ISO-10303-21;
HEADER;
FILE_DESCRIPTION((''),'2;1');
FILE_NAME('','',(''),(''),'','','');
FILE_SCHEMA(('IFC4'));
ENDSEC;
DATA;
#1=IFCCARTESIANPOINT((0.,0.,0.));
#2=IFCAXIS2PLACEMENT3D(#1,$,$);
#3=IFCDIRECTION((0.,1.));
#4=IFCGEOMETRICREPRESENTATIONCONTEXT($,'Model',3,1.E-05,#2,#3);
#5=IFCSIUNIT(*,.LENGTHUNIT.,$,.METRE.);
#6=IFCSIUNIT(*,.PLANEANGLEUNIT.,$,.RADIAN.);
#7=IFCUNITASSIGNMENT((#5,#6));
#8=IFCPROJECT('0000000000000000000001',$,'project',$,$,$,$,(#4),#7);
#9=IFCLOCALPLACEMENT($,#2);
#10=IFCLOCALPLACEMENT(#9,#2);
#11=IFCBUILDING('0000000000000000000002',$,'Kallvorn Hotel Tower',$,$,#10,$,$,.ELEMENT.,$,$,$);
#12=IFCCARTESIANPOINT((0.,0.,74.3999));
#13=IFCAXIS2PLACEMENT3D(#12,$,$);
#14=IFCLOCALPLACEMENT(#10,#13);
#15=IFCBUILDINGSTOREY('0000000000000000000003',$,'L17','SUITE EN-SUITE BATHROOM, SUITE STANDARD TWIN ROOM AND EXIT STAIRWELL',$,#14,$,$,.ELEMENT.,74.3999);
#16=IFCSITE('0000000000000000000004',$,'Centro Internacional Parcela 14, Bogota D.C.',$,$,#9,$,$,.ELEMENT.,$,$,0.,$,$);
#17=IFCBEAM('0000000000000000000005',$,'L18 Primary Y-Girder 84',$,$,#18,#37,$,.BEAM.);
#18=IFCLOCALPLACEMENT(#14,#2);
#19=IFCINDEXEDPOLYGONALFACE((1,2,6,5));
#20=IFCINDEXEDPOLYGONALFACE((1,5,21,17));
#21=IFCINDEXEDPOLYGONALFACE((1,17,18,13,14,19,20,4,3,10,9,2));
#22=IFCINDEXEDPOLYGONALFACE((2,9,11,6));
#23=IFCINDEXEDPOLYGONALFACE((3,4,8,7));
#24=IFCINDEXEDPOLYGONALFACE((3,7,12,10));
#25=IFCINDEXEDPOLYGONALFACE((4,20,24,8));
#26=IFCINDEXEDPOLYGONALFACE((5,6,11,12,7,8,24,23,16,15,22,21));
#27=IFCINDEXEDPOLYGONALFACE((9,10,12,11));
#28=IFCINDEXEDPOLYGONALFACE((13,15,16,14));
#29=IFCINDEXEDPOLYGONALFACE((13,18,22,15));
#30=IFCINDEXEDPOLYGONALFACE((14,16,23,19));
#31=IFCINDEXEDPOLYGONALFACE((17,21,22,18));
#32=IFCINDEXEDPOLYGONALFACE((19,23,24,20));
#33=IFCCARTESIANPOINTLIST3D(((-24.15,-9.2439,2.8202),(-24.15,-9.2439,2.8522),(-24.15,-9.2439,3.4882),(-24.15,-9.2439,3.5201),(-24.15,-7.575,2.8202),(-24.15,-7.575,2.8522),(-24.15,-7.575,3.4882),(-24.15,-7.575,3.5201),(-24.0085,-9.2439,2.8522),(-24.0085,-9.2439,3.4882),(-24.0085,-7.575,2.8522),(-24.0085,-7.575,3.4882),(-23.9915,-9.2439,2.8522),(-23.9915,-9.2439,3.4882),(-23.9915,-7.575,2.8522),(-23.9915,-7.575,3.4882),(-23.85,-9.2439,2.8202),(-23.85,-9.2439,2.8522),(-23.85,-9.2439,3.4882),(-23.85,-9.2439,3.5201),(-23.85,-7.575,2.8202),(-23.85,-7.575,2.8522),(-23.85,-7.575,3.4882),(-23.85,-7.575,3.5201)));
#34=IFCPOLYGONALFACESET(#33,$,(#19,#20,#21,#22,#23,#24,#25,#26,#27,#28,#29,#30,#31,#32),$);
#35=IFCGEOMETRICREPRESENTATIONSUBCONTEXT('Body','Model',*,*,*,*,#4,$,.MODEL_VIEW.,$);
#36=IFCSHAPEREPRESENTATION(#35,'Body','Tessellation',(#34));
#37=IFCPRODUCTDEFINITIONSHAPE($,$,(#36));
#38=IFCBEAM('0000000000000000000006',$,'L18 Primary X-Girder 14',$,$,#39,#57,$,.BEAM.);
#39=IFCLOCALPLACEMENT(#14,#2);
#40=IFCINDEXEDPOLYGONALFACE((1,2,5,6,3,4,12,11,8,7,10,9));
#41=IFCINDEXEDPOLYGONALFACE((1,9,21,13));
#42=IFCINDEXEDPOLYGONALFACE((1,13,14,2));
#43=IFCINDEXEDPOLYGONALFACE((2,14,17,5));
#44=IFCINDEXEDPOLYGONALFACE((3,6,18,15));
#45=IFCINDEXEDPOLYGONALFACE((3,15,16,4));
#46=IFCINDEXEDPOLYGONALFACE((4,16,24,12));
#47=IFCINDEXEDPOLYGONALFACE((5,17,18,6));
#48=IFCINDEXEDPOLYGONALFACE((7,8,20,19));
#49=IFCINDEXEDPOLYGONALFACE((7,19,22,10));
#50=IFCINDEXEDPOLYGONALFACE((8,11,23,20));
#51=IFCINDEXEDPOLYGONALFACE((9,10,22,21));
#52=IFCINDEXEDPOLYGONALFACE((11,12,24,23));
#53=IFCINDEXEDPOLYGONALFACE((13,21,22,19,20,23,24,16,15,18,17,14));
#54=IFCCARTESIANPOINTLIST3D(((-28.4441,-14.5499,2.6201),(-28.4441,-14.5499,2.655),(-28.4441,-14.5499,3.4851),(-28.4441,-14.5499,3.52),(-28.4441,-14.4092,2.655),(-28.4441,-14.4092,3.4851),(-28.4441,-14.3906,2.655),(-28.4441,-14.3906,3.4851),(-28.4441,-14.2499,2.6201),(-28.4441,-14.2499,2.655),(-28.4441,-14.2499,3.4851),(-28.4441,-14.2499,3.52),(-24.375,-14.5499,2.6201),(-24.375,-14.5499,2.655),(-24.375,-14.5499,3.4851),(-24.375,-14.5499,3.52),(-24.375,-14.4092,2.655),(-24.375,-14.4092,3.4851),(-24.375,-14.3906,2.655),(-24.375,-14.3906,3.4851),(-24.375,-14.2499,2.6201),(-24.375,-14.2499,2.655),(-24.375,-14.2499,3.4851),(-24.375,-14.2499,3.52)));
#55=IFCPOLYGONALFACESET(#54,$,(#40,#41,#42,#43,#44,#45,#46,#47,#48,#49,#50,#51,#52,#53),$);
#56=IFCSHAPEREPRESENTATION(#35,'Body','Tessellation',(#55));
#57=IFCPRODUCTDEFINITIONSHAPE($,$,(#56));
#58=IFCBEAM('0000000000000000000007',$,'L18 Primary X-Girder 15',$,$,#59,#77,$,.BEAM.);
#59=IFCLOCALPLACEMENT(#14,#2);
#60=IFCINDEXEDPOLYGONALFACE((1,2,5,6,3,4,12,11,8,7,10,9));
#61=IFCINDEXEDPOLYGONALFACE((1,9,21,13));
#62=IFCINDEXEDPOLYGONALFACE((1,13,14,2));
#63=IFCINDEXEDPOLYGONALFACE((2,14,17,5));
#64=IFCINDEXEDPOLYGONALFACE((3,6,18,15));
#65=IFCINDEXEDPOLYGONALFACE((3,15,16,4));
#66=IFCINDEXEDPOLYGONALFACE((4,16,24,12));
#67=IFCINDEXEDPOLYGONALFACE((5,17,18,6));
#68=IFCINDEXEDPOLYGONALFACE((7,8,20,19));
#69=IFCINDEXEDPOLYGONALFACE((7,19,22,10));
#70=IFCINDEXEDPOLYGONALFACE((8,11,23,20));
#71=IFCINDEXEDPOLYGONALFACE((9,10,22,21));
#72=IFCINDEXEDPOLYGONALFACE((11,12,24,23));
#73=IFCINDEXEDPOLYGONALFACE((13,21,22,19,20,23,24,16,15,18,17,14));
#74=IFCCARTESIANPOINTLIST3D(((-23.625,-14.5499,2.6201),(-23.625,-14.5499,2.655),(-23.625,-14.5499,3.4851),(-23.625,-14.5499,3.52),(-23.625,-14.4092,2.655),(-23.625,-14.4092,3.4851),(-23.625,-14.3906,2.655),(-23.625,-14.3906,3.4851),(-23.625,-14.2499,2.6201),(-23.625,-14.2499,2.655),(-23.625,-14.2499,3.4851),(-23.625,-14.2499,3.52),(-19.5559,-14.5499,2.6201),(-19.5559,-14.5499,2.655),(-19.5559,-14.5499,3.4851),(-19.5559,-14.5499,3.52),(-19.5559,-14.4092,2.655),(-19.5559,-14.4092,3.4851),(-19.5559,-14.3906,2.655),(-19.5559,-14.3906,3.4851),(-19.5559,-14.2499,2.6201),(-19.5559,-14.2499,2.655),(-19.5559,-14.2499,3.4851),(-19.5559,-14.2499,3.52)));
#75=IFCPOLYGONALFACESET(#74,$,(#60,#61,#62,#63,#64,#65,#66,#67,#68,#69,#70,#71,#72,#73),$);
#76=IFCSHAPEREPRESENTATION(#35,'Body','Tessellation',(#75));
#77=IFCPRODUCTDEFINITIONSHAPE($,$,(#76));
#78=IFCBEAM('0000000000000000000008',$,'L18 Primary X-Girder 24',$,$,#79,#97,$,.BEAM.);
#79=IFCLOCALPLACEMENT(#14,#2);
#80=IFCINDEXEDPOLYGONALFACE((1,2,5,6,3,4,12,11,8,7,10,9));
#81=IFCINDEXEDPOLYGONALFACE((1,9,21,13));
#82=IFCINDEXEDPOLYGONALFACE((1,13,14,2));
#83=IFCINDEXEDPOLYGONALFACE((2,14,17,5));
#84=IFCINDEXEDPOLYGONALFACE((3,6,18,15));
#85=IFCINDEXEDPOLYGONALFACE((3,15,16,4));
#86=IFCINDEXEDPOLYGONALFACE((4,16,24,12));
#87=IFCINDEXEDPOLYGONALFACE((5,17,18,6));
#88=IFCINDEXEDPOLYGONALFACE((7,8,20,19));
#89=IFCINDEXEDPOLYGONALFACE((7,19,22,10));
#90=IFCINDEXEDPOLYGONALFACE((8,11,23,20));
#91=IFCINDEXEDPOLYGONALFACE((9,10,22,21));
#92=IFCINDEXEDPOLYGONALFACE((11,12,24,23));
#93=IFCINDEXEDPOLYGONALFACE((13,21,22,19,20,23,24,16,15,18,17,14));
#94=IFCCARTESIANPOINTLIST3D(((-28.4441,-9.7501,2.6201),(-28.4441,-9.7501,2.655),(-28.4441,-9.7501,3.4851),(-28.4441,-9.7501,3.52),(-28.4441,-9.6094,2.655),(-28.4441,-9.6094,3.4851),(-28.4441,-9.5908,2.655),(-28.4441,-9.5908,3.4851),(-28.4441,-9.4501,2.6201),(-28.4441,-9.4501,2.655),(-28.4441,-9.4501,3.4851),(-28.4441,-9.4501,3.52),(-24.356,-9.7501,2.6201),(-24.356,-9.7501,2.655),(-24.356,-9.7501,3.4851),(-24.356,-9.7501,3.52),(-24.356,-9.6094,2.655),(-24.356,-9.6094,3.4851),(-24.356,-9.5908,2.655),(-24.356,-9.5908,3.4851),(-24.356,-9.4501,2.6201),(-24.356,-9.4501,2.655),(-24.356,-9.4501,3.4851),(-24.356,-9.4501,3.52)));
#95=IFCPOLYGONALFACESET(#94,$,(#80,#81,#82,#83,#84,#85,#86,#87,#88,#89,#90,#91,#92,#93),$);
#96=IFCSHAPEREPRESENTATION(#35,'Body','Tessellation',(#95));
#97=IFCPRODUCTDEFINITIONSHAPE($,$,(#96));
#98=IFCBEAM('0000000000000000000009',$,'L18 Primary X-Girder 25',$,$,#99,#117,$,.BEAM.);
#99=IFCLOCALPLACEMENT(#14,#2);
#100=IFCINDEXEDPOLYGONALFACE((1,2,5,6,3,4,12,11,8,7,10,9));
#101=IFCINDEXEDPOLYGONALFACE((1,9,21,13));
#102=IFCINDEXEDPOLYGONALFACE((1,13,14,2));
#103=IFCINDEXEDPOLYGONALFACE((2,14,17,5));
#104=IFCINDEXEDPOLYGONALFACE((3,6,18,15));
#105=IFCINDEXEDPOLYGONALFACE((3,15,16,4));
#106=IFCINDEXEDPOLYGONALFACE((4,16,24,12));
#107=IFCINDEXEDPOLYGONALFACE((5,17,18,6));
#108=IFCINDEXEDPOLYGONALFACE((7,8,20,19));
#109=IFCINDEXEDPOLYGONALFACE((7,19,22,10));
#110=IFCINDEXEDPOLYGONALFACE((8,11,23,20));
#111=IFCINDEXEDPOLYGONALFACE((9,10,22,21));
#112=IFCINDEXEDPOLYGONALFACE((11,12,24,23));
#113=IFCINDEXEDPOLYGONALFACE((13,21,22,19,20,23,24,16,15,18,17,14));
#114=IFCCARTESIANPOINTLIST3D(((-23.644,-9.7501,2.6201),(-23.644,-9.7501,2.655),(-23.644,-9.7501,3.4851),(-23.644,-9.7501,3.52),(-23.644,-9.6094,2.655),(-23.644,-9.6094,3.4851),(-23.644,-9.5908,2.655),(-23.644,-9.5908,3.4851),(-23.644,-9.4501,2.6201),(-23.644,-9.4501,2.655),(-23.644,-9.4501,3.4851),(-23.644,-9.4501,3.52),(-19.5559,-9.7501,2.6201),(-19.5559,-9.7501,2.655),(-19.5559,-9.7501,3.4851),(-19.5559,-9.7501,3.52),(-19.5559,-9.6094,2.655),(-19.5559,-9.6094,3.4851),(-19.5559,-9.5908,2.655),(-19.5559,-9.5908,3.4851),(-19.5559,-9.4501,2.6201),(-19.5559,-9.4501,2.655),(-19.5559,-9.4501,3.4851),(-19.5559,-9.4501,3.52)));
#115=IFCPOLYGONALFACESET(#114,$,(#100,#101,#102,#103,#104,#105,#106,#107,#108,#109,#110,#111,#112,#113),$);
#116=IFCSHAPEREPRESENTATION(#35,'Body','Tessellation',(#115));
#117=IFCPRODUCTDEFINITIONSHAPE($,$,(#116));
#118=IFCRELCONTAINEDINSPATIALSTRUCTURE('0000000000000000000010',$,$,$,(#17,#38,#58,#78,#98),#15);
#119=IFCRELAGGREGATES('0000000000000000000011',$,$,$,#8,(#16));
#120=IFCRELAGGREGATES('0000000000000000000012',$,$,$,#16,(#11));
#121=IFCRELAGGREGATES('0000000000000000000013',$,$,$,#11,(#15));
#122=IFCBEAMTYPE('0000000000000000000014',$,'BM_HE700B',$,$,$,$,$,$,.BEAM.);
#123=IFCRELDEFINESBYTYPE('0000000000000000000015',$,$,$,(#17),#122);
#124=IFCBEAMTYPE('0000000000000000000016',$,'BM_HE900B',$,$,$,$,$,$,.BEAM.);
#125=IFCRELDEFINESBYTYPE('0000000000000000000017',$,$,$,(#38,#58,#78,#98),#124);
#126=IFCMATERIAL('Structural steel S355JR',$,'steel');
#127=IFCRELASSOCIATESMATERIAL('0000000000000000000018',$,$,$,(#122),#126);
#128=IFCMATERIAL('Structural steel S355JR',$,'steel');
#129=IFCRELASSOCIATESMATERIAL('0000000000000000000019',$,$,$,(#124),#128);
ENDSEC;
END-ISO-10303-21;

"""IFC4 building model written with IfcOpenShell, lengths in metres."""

from ifc_helpers import new_model, si_unit, direction, frame, origin, origin_2d, place, context, subcontext, project, spatial, i_section, extrude, material, material_profile, profile_set, type_object, element, save


model = new_model("IFC4")

# Units and contexts
model_context = context("Model", 3, precision=1e-05, world=origin(), true_north=direction((0.0, 1.0)))
body_context = subcontext(model_context, "Body", "Model", "MODEL_VIEW")
ifc_project = project(units=[si_unit("LENGTHUNIT", "METRE"), si_unit("PLANEANGLEUNIT", "RADIAN")], contexts=[model_context])

# Site, building, storey
site_placement = place(None, origin())
site = spatial("IfcSite", under=ifc_project, at=site_placement, Name="Centro Internacional Parcela 14, Bogota D.C.", CompositionType="ELEMENT", RefElevation=0.0)
building_placement = place(site_placement, origin())
building = spatial("IfcBuilding", under=site, at=building_placement, Name="Kallvorn Hotel Tower", CompositionType="ELEMENT")
storey_placement = place(building_placement, frame((0.0, 0.0, 74.3999)))
storey = spatial("IfcBuildingStorey", under=building, at=storey_placement, Name="L17", Description="SUITE EN-SUITE BATHROOM, SUITE STANDARD TWIN ROOM AND EXIT STAIRWELL", CompositionType="ELEMENT", Elevation=74.3999)

# Beams
ifc_material_1 = material(Name="Structural steel S355JR", Category="steel")
ifc_material_profile_1 = material_profile(ifc_material_1, i_section(OverallWidth=0.3, OverallDepth=0.7, WebThickness=0.0171, FlangeThickness=0.032, at=origin_2d()), Name="HE 700 B")
ifc_profile_set_1 = profile_set([ifc_material_profile_1], Name="Structural steel S355JR")
beam_type_1 = type_object("IfcBeamType", Name="BM_HE700B", PredefinedType="BEAM", material=ifc_profile_set_1)
beam_1_placement = place(storey_placement, frame((-24.0, -9.2439, 3.1702), z_axis=(0.0, 1.0, 0.0), x_axis=(-1.0, 0.0, 0.0)))
element("IfcBeam", 1, at=beam_1_placement, inside=storey, type_object=beam_type_1, Name="L18 Primary Y-Girder 84", PredefinedType="BEAM", context=body_context, shape_type="SweptSolid", body=[
    extrude(i_section(OverallWidth=0.3, OverallDepth=0.7, WebThickness=0.0171, FlangeThickness=0.032, at=origin_2d()), origin(), (0.0, 0.0, 1.0), 1.6689),
])
ifc_material_2 = material(Name="Structural steel S355JR", Category="steel")
ifc_material_profile_2 = material_profile(ifc_material_2, i_section(OverallWidth=0.3, OverallDepth=0.8999, WebThickness=0.0186, FlangeThickness=0.0349, at=origin_2d()), Name="HE 900 B")
ifc_profile_set_2 = profile_set([ifc_material_profile_2], Name="Structural steel S355JR")
beam_type_2 = type_object("IfcBeamType", Name="BM_HE900B", PredefinedType="BEAM", material=ifc_profile_set_2)
for number, where, z_axis, x_axis, name in (
    (2, (-28.4441, -14.3999, 3.0701), (1.0, 0.0, 0.0), (0.0, 1.0, 0.0), "L18 Primary X-Girder 14"),
    (3, (-23.625, -14.3999, 3.0701), (1.0, 0.0, 0.0), (0.0, 1.0, 0.0), "L18 Primary X-Girder 15"),
):
    element("IfcBeam", number, at=place(storey_placement, frame(where, z_axis=z_axis, x_axis=x_axis)), inside=storey, type_object=beam_type_2, Name=name, PredefinedType="BEAM", context=body_context, shape_type="SweptSolid", body=[
        extrude(i_section(OverallWidth=0.3, OverallDepth=0.8999, WebThickness=0.0186, FlangeThickness=0.0349, at=origin_2d()), origin(), (0.0, 0.0, 1.0), 4.0691),
    ])
for number, where, z_axis, x_axis, name in (
    (4, (-28.4441, -9.6001, 3.0701), (1.0, 0.0, 0.0), (0.0, 1.0, 0.0), "L18 Primary X-Girder 24"),
    (5, (-23.644, -9.6001, 3.0701), (1.0, 0.0, 0.0), (0.0, 1.0, 0.0), "L18 Primary X-Girder 25"),
):
    element("IfcBeam", number, at=place(storey_placement, frame(where, z_axis=z_axis, x_axis=x_axis)), inside=storey, type_object=beam_type_2, Name=name, PredefinedType="BEAM", context=body_context, shape_type="SweptSolid", body=[
        extrude(i_section(OverallWidth=0.3, OverallDepth=0.8999, WebThickness=0.0186, FlangeThickness=0.0349, at=origin_2d()), origin(), (0.0, 0.0, 1.0), 4.0881),
    ])

save(model, "model.ifc")
